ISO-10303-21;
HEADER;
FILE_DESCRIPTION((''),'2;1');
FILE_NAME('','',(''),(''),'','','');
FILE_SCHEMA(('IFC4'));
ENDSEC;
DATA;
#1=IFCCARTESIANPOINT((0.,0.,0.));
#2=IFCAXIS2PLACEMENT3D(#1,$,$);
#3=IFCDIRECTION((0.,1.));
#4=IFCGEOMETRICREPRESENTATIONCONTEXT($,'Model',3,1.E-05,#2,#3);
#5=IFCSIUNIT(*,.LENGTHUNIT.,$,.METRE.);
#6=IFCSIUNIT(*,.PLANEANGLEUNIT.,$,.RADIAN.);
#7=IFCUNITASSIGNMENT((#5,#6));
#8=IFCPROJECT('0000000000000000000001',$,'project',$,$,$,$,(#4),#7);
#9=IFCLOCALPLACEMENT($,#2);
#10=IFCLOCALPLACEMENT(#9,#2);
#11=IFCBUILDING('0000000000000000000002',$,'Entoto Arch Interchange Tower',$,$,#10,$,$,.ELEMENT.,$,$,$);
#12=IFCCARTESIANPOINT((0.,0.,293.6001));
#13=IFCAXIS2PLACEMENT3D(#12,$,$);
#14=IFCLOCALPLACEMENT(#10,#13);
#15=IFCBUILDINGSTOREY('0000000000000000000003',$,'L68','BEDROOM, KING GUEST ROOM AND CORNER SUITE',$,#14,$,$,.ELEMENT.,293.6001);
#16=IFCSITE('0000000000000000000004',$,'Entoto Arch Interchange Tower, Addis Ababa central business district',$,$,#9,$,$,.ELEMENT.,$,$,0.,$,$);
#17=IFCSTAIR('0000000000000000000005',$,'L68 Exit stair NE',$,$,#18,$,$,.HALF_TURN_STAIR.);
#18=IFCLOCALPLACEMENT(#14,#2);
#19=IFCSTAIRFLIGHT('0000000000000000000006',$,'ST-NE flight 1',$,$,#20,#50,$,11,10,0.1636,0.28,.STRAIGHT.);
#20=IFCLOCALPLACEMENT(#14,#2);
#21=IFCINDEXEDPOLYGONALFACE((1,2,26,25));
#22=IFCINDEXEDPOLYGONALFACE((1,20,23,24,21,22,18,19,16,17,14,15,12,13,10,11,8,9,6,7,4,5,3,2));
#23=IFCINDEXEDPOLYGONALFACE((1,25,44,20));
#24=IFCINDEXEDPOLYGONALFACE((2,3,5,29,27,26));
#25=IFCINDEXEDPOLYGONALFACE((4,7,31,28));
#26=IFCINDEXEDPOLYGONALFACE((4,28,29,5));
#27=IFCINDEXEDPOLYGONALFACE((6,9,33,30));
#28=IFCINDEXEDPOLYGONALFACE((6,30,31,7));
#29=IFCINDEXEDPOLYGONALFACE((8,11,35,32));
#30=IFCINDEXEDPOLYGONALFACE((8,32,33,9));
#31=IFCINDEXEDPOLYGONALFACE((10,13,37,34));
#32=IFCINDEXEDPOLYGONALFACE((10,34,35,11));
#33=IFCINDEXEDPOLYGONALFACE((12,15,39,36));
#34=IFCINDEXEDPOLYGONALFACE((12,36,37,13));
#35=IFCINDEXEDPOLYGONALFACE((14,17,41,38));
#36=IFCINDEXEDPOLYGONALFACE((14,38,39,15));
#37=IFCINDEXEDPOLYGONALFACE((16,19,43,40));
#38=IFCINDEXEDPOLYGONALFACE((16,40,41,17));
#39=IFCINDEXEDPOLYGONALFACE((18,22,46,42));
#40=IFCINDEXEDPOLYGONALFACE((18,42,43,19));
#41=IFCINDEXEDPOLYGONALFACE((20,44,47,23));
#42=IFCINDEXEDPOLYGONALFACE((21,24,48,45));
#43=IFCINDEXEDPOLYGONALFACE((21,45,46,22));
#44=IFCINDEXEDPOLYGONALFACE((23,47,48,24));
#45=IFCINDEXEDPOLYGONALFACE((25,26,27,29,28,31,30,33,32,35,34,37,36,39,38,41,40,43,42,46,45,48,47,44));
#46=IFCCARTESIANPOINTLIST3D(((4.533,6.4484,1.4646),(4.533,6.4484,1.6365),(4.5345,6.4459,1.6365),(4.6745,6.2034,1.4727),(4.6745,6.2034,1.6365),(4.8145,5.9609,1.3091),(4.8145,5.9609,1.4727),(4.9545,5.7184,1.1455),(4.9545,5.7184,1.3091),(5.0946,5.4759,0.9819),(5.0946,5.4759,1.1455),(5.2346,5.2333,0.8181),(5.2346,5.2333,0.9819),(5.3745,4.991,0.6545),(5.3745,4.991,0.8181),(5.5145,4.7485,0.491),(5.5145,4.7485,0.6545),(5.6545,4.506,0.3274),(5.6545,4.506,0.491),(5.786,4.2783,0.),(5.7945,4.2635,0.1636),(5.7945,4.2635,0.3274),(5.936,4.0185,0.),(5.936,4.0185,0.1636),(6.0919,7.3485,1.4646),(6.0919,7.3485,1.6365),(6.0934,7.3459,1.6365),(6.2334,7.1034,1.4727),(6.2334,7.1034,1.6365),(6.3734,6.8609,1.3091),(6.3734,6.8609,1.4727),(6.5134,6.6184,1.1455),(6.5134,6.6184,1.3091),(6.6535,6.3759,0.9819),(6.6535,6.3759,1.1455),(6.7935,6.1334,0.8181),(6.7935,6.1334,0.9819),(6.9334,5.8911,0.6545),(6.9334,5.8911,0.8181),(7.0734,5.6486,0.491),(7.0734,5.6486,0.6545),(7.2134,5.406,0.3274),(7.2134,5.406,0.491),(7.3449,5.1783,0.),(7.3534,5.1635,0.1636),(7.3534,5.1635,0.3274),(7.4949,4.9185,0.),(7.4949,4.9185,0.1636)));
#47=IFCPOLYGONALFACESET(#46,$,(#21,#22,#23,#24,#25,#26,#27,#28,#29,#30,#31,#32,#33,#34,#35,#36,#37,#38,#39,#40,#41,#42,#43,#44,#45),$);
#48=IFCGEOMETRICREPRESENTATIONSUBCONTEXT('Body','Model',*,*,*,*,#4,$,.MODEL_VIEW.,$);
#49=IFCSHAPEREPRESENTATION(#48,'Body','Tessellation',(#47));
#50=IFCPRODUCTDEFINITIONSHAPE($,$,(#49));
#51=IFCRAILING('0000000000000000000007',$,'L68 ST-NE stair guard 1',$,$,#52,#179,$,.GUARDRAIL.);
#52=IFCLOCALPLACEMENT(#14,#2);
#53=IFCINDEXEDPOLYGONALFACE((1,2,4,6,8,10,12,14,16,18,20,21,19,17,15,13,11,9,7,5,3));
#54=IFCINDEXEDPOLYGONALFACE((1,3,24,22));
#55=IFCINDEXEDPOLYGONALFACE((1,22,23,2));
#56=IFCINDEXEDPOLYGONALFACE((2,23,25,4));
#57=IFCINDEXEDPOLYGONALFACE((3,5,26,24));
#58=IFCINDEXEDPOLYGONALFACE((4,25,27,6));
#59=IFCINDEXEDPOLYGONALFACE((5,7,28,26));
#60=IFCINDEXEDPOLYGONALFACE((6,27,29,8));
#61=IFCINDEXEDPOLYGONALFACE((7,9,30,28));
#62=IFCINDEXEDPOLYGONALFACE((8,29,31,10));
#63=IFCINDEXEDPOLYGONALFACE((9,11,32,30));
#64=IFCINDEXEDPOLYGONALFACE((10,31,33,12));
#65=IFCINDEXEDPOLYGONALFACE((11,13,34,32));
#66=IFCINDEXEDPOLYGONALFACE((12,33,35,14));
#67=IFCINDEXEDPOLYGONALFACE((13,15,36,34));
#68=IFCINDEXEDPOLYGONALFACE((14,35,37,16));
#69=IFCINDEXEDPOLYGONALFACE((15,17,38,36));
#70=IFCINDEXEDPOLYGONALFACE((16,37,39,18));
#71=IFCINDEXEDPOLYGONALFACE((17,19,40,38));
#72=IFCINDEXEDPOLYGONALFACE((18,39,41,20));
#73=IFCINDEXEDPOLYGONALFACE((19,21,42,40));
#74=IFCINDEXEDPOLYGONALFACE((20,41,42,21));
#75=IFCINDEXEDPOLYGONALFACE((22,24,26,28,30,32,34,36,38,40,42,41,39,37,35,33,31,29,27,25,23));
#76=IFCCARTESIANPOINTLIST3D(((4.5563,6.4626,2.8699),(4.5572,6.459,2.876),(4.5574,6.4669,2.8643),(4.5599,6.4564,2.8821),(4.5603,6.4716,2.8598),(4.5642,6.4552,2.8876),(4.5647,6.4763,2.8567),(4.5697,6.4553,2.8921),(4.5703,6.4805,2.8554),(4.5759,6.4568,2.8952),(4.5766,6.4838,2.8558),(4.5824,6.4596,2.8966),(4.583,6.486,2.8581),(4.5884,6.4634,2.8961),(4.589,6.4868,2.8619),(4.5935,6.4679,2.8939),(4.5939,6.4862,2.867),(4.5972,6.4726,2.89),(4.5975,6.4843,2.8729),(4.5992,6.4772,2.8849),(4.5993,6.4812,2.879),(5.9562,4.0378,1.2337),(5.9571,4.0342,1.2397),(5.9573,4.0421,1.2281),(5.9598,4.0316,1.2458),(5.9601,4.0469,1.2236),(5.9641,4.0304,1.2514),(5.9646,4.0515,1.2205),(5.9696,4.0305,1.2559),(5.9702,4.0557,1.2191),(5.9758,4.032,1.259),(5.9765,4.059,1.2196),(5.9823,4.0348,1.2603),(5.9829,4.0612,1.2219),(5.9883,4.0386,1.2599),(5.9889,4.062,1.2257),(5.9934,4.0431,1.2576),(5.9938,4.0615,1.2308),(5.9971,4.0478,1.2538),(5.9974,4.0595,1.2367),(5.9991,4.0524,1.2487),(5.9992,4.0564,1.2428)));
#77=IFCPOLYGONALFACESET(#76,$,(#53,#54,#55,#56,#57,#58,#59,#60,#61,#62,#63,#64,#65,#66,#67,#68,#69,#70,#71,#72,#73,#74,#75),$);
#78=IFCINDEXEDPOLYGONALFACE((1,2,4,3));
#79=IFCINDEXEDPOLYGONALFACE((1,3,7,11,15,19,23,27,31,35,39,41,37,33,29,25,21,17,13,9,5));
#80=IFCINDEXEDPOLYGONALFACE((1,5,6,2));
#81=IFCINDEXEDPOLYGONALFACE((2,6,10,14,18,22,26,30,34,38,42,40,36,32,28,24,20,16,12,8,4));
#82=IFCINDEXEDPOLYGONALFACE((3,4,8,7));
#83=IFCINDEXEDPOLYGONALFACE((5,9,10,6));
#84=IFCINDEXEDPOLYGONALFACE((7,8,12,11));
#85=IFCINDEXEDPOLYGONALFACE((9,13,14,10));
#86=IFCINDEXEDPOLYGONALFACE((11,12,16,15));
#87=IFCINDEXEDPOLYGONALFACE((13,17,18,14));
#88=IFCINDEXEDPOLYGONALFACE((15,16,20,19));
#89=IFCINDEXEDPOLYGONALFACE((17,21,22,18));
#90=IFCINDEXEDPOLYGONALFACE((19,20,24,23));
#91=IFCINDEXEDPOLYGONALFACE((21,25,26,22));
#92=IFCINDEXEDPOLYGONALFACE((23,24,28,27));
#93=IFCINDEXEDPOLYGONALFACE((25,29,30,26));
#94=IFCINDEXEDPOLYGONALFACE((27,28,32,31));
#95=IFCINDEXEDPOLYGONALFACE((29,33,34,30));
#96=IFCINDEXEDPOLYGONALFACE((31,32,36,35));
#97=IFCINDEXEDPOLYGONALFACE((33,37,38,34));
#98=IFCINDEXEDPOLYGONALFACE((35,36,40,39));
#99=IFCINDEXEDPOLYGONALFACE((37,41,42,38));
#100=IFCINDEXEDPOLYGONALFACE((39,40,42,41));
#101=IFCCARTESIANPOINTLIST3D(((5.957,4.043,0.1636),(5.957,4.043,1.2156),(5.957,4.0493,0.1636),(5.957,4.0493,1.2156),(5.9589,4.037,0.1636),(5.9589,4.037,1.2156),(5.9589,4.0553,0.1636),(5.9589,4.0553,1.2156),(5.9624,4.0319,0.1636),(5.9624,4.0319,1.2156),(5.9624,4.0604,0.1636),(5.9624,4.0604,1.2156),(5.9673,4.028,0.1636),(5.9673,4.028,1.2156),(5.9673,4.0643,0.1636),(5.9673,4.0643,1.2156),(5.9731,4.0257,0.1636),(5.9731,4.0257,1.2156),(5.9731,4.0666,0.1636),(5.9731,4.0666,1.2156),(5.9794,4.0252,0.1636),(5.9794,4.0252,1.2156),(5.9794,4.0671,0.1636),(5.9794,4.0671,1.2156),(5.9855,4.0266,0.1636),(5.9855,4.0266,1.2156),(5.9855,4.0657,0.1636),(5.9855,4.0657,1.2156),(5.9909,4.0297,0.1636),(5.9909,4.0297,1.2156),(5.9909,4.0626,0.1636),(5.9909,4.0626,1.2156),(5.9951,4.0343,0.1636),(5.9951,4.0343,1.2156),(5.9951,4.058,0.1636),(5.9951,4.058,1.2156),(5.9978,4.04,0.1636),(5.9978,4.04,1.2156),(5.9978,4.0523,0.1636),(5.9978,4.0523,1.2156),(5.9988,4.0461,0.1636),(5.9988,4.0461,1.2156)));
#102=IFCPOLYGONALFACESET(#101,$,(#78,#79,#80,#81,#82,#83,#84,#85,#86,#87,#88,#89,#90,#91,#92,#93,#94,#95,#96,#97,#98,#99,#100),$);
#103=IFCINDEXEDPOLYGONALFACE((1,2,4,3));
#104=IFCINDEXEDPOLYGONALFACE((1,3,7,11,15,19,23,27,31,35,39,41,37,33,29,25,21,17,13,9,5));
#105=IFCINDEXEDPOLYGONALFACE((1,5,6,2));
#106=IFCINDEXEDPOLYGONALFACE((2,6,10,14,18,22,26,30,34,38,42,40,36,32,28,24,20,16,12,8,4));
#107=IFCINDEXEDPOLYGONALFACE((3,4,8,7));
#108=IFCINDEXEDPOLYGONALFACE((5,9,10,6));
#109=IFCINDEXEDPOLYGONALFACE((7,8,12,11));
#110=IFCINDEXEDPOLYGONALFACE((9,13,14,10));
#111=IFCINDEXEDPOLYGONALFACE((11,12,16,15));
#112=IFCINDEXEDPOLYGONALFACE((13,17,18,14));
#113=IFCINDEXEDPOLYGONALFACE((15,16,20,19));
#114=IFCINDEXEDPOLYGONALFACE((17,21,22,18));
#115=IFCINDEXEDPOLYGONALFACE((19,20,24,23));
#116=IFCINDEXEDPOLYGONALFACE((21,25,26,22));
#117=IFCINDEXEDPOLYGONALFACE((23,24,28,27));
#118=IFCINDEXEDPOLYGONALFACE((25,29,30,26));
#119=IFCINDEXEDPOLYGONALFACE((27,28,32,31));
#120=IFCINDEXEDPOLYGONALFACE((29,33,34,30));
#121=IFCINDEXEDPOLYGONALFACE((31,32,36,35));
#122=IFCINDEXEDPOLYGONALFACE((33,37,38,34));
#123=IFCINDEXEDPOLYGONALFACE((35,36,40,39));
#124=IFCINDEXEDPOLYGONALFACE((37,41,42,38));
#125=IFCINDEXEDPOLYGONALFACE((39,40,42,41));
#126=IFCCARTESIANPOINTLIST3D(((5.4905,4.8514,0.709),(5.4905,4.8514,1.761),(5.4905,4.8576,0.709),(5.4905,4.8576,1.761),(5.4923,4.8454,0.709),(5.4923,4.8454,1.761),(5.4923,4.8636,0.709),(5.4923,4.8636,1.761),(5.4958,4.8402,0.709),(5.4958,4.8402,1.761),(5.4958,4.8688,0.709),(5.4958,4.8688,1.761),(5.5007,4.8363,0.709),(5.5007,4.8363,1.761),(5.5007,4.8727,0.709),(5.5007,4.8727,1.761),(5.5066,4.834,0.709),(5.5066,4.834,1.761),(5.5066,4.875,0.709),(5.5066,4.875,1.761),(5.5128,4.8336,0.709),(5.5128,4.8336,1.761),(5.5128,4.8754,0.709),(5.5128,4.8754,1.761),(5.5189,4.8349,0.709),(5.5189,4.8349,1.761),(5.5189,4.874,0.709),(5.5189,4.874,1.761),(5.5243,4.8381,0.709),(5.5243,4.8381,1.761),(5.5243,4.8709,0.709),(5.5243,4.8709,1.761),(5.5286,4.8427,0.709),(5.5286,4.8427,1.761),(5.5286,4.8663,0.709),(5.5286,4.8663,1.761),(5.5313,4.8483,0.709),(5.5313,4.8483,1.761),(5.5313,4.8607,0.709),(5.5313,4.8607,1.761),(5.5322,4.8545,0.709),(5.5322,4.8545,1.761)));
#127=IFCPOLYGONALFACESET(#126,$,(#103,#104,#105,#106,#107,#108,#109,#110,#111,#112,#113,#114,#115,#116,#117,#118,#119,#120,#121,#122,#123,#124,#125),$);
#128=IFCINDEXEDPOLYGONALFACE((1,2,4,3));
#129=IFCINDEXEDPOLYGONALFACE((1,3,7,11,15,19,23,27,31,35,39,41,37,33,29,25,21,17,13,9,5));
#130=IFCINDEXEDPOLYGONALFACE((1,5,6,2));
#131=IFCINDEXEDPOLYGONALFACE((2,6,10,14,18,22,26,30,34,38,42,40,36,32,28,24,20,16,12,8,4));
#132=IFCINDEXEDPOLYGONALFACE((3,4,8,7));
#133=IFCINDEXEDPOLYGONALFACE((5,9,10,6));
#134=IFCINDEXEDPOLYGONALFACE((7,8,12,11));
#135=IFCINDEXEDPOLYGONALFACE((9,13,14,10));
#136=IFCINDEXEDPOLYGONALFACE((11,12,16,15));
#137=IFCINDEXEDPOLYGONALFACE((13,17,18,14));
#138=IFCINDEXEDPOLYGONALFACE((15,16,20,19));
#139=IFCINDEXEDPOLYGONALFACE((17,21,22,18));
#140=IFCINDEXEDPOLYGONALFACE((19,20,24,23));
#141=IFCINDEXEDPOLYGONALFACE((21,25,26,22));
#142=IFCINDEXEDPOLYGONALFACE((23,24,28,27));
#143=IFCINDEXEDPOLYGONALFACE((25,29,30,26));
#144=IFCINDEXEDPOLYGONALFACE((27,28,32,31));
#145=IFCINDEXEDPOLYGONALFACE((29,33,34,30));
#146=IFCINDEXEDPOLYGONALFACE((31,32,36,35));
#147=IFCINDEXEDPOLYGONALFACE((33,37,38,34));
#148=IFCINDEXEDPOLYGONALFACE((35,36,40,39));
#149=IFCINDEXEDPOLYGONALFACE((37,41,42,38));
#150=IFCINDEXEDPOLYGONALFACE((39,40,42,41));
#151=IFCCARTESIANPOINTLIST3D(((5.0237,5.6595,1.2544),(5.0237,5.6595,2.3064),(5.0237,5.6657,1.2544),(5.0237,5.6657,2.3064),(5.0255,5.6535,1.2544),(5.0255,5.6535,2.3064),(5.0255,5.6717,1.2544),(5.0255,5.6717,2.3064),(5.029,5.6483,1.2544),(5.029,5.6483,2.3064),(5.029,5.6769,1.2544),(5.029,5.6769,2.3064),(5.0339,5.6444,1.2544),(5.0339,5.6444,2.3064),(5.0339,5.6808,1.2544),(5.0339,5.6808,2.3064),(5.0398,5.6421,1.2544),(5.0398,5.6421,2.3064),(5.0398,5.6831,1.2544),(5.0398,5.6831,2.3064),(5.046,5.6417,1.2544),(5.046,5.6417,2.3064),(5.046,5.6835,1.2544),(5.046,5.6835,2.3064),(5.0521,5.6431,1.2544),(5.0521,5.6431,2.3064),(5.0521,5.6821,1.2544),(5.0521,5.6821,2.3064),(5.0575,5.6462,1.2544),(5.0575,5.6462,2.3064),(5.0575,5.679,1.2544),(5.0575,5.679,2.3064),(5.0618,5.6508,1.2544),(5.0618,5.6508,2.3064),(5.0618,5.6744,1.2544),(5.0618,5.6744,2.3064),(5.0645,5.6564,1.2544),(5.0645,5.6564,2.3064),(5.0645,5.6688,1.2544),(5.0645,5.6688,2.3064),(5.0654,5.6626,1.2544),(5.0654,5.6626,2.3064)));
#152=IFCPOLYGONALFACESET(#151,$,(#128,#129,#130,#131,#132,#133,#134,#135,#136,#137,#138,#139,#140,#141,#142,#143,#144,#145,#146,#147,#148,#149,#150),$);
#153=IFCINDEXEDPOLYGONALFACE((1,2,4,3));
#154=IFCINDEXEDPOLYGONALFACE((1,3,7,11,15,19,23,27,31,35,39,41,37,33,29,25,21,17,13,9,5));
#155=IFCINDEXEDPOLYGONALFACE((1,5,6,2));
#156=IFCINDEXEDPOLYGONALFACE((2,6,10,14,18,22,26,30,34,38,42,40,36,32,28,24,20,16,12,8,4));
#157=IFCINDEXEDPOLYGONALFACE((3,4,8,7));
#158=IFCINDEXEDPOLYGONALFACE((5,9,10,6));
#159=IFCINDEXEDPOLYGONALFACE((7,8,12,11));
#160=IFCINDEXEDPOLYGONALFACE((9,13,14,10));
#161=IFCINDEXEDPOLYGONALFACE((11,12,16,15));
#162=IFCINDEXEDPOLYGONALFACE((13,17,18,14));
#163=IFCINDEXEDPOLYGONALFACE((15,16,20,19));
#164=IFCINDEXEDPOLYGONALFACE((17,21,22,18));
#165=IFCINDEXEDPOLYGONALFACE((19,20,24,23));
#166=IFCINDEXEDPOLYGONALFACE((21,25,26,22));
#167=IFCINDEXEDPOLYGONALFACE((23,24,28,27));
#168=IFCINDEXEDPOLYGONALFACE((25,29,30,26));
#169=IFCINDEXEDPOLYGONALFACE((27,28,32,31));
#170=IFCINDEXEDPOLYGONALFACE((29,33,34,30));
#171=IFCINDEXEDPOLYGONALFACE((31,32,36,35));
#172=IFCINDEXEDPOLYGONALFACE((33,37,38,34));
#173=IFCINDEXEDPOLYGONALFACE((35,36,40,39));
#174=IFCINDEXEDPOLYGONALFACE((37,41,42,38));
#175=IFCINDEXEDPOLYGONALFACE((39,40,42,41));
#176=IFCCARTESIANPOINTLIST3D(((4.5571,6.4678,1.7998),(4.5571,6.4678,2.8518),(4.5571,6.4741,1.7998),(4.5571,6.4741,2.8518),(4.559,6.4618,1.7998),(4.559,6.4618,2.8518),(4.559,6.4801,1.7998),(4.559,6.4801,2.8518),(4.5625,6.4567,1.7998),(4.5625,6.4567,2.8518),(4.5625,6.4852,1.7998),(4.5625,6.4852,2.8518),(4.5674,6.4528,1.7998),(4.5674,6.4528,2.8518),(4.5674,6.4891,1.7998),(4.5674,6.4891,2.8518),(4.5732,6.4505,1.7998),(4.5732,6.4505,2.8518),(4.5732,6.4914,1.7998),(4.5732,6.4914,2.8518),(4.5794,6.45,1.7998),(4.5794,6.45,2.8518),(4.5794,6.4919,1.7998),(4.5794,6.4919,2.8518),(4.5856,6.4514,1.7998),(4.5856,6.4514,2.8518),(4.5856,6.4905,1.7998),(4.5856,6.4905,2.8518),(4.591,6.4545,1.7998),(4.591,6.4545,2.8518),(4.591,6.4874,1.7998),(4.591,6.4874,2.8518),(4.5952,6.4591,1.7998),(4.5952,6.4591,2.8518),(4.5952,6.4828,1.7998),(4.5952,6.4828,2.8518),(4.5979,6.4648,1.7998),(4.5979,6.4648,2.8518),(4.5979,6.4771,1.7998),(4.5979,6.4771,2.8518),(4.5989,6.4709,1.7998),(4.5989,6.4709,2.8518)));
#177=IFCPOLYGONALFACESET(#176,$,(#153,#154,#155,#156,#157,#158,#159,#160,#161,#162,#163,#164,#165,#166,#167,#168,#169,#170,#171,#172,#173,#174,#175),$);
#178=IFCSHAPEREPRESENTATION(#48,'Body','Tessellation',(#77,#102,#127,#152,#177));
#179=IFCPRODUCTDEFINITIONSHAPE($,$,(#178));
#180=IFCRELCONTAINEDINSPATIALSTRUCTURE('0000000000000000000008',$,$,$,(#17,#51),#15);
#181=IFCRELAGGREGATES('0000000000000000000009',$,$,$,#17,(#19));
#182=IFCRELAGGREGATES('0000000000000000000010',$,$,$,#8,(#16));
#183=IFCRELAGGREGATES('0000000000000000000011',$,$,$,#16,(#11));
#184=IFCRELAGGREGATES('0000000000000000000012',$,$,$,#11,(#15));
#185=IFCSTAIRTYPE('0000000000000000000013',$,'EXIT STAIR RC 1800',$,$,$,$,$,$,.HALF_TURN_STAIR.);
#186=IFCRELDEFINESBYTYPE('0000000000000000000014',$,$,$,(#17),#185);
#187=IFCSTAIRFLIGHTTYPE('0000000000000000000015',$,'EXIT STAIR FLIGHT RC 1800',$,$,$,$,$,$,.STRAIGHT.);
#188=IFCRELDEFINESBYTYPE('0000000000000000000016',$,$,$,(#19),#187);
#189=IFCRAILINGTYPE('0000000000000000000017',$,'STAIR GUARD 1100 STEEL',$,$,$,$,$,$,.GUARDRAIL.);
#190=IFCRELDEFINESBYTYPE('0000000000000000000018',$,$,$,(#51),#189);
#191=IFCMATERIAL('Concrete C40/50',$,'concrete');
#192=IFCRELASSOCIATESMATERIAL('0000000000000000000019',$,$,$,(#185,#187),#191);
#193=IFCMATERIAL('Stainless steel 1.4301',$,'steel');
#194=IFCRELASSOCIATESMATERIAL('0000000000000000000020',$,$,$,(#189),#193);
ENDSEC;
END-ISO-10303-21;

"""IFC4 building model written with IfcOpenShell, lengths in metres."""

from ifc_helpers import new_model, si_unit, direction, frame, origin, origin_2d, place, context, subcontext, project, spatial, polyline, circle, outline, extrude, material, type_object, element, aggregate, save


model = new_model("IFC4")

# Units and contexts
model_context = context("Model", 3, precision=1e-05, world=origin(), true_north=direction((0.0, 1.0)))
body_context = subcontext(model_context, "Body", "Model", "MODEL_VIEW")
ifc_project = project(units=[si_unit("LENGTHUNIT", "METRE"), si_unit("PLANEANGLEUNIT", "RADIAN")], contexts=[model_context])

# Site, building, storey
site_placement = place(None, origin())
site = spatial("IfcSite", under=ifc_project, at=site_placement, Name="Entoto Arch Interchange Tower, Addis Ababa central business district", CompositionType="ELEMENT", RefElevation=0.0)
building_placement = place(site_placement, origin())
building = spatial("IfcBuilding", under=site, at=building_placement, Name="Entoto Arch Interchange Tower", CompositionType="ELEMENT")
storey_placement = place(building_placement, frame((0.0, 0.0, 293.6001)))
storey = spatial("IfcBuildingStorey", under=building, at=storey_placement, Name="L68", Description="BEDROOM, KING GUEST ROOM AND CORNER SUITE", CompositionType="ELEMENT", Elevation=293.6001)

# Shared definitions
ifc_material_1 = material(Name="Concrete C40/50", Category="concrete")

# Stair, stair flight
stair_type = type_object("IfcStairType", Name="EXIT STAIR RC 1800", PredefinedType="HALF_TURN_STAIR", material=ifc_material_1)
stair_placement = place(storey_placement, origin())
stair = element("IfcStair", 1, at=stair_placement, inside=storey, type_object=stair_type, Name="L68 Exit stair NE", PredefinedType="HALF_TURN_STAIR")
stair_flight_type = type_object("IfcStairFlightType", Name="EXIT STAIR FLIGHT RC 1800", PredefinedType="STRAIGHT", material=ifc_material_1)
stair_flight_placement = place(storey_placement, frame((6.7139, 4.4709, 0.0), z_axis=(0.0, 0.0, 1.0), x_axis=(-0.5, 0.866025, 0.0)))
stair_flight = element("IfcStairFlight", 2, at=stair_flight_placement, type_object=stair_flight_type, Name="ST-NE flight 1", NumberOfRisers=11, NumberOfTreads=10, PredefinedType="STRAIGHT", RiserHeight=0.1636, TreadLength=0.28, context=body_context, shape_type="SweptSolid", body=[
    extrude(outline(polyline([(-0.0029, 0.0), (-0.0029, 0.1636), (0.28, 0.1636), (0.28, 0.3274), (0.5601, 0.3274), (0.5601, 0.491), (0.8401, 0.491), (0.8401, 0.6545), (1.1201, 0.6545), (1.1201, 0.8181), (1.3999, 0.8181), (1.3999, 0.9819), (1.6799, 0.9819), (1.6799, 1.1455), (1.96, 1.1455), (1.96, 1.3091), (2.24, 1.3091), (2.24, 1.4727), (2.52, 1.4727), (2.52, 1.6365), (2.8, 1.6365), (2.803, 1.6365), (2.803, 1.4646), (0.2971, 0.0), (-0.0029, 0.0)])), frame((0.0, 0.8999, 0.0), z_axis=(0.0, -1.0, 0.0), x_axis=(1.0, 0.0, 0.0)), (0.0, 0.0, 1.0), 1.8),
])
aggregate(stair, [stair_flight])

# Railing
ifc_material_2 = material(Name="Stainless steel 1.4301", Category="steel")
railing_type_1 = type_object("IfcRailingType", Name="STAIR GUARD 1100 STEEL", PredefinedType="GUARDRAIL", material=ifc_material_2)
railing_1_placement = place(storey_placement, frame((5.9778, 4.0461, 0.1636)))
element("IfcRailing", 3, at=railing_1_placement, inside=storey, type_object=railing_type_1, Name="L68 ST-NE stair guard 1", PredefinedType="GUARDRAIL", context=body_context, shape_type="SweptSolid", body=[
    extrude(circle(Radius=0.0239, at=origin_2d()), frame((0.0, 0.0, 1.0762), z_axis=(-0.431677, 0.747718, 0.504552), x_axis=(-0.866035, -0.499984, 0.0)), (0.0, 0.0, 1.0), 3.2429),
    extrude(circle(Radius=0.021, at=origin_2d()), origin(), (0.0, 0.0, 1.0), 1.052),
    extrude(circle(Radius=0.021, at=origin_2d()), frame((-0.4666, 0.8083, 0.5454)), (0.0, 0.0, 1.0), 1.052),
    extrude(circle(Radius=0.021, at=origin_2d()), frame((-0.9333, 1.6165, 1.0908)), (0.0, 0.0, 1.0), 1.052),
    extrude(circle(Radius=0.021, at=origin_2d()), frame((-1.3999, 2.4248, 1.6362)), (0.0, 0.0, 1.0), 1.052),
])

save(model, "model.ifc")
